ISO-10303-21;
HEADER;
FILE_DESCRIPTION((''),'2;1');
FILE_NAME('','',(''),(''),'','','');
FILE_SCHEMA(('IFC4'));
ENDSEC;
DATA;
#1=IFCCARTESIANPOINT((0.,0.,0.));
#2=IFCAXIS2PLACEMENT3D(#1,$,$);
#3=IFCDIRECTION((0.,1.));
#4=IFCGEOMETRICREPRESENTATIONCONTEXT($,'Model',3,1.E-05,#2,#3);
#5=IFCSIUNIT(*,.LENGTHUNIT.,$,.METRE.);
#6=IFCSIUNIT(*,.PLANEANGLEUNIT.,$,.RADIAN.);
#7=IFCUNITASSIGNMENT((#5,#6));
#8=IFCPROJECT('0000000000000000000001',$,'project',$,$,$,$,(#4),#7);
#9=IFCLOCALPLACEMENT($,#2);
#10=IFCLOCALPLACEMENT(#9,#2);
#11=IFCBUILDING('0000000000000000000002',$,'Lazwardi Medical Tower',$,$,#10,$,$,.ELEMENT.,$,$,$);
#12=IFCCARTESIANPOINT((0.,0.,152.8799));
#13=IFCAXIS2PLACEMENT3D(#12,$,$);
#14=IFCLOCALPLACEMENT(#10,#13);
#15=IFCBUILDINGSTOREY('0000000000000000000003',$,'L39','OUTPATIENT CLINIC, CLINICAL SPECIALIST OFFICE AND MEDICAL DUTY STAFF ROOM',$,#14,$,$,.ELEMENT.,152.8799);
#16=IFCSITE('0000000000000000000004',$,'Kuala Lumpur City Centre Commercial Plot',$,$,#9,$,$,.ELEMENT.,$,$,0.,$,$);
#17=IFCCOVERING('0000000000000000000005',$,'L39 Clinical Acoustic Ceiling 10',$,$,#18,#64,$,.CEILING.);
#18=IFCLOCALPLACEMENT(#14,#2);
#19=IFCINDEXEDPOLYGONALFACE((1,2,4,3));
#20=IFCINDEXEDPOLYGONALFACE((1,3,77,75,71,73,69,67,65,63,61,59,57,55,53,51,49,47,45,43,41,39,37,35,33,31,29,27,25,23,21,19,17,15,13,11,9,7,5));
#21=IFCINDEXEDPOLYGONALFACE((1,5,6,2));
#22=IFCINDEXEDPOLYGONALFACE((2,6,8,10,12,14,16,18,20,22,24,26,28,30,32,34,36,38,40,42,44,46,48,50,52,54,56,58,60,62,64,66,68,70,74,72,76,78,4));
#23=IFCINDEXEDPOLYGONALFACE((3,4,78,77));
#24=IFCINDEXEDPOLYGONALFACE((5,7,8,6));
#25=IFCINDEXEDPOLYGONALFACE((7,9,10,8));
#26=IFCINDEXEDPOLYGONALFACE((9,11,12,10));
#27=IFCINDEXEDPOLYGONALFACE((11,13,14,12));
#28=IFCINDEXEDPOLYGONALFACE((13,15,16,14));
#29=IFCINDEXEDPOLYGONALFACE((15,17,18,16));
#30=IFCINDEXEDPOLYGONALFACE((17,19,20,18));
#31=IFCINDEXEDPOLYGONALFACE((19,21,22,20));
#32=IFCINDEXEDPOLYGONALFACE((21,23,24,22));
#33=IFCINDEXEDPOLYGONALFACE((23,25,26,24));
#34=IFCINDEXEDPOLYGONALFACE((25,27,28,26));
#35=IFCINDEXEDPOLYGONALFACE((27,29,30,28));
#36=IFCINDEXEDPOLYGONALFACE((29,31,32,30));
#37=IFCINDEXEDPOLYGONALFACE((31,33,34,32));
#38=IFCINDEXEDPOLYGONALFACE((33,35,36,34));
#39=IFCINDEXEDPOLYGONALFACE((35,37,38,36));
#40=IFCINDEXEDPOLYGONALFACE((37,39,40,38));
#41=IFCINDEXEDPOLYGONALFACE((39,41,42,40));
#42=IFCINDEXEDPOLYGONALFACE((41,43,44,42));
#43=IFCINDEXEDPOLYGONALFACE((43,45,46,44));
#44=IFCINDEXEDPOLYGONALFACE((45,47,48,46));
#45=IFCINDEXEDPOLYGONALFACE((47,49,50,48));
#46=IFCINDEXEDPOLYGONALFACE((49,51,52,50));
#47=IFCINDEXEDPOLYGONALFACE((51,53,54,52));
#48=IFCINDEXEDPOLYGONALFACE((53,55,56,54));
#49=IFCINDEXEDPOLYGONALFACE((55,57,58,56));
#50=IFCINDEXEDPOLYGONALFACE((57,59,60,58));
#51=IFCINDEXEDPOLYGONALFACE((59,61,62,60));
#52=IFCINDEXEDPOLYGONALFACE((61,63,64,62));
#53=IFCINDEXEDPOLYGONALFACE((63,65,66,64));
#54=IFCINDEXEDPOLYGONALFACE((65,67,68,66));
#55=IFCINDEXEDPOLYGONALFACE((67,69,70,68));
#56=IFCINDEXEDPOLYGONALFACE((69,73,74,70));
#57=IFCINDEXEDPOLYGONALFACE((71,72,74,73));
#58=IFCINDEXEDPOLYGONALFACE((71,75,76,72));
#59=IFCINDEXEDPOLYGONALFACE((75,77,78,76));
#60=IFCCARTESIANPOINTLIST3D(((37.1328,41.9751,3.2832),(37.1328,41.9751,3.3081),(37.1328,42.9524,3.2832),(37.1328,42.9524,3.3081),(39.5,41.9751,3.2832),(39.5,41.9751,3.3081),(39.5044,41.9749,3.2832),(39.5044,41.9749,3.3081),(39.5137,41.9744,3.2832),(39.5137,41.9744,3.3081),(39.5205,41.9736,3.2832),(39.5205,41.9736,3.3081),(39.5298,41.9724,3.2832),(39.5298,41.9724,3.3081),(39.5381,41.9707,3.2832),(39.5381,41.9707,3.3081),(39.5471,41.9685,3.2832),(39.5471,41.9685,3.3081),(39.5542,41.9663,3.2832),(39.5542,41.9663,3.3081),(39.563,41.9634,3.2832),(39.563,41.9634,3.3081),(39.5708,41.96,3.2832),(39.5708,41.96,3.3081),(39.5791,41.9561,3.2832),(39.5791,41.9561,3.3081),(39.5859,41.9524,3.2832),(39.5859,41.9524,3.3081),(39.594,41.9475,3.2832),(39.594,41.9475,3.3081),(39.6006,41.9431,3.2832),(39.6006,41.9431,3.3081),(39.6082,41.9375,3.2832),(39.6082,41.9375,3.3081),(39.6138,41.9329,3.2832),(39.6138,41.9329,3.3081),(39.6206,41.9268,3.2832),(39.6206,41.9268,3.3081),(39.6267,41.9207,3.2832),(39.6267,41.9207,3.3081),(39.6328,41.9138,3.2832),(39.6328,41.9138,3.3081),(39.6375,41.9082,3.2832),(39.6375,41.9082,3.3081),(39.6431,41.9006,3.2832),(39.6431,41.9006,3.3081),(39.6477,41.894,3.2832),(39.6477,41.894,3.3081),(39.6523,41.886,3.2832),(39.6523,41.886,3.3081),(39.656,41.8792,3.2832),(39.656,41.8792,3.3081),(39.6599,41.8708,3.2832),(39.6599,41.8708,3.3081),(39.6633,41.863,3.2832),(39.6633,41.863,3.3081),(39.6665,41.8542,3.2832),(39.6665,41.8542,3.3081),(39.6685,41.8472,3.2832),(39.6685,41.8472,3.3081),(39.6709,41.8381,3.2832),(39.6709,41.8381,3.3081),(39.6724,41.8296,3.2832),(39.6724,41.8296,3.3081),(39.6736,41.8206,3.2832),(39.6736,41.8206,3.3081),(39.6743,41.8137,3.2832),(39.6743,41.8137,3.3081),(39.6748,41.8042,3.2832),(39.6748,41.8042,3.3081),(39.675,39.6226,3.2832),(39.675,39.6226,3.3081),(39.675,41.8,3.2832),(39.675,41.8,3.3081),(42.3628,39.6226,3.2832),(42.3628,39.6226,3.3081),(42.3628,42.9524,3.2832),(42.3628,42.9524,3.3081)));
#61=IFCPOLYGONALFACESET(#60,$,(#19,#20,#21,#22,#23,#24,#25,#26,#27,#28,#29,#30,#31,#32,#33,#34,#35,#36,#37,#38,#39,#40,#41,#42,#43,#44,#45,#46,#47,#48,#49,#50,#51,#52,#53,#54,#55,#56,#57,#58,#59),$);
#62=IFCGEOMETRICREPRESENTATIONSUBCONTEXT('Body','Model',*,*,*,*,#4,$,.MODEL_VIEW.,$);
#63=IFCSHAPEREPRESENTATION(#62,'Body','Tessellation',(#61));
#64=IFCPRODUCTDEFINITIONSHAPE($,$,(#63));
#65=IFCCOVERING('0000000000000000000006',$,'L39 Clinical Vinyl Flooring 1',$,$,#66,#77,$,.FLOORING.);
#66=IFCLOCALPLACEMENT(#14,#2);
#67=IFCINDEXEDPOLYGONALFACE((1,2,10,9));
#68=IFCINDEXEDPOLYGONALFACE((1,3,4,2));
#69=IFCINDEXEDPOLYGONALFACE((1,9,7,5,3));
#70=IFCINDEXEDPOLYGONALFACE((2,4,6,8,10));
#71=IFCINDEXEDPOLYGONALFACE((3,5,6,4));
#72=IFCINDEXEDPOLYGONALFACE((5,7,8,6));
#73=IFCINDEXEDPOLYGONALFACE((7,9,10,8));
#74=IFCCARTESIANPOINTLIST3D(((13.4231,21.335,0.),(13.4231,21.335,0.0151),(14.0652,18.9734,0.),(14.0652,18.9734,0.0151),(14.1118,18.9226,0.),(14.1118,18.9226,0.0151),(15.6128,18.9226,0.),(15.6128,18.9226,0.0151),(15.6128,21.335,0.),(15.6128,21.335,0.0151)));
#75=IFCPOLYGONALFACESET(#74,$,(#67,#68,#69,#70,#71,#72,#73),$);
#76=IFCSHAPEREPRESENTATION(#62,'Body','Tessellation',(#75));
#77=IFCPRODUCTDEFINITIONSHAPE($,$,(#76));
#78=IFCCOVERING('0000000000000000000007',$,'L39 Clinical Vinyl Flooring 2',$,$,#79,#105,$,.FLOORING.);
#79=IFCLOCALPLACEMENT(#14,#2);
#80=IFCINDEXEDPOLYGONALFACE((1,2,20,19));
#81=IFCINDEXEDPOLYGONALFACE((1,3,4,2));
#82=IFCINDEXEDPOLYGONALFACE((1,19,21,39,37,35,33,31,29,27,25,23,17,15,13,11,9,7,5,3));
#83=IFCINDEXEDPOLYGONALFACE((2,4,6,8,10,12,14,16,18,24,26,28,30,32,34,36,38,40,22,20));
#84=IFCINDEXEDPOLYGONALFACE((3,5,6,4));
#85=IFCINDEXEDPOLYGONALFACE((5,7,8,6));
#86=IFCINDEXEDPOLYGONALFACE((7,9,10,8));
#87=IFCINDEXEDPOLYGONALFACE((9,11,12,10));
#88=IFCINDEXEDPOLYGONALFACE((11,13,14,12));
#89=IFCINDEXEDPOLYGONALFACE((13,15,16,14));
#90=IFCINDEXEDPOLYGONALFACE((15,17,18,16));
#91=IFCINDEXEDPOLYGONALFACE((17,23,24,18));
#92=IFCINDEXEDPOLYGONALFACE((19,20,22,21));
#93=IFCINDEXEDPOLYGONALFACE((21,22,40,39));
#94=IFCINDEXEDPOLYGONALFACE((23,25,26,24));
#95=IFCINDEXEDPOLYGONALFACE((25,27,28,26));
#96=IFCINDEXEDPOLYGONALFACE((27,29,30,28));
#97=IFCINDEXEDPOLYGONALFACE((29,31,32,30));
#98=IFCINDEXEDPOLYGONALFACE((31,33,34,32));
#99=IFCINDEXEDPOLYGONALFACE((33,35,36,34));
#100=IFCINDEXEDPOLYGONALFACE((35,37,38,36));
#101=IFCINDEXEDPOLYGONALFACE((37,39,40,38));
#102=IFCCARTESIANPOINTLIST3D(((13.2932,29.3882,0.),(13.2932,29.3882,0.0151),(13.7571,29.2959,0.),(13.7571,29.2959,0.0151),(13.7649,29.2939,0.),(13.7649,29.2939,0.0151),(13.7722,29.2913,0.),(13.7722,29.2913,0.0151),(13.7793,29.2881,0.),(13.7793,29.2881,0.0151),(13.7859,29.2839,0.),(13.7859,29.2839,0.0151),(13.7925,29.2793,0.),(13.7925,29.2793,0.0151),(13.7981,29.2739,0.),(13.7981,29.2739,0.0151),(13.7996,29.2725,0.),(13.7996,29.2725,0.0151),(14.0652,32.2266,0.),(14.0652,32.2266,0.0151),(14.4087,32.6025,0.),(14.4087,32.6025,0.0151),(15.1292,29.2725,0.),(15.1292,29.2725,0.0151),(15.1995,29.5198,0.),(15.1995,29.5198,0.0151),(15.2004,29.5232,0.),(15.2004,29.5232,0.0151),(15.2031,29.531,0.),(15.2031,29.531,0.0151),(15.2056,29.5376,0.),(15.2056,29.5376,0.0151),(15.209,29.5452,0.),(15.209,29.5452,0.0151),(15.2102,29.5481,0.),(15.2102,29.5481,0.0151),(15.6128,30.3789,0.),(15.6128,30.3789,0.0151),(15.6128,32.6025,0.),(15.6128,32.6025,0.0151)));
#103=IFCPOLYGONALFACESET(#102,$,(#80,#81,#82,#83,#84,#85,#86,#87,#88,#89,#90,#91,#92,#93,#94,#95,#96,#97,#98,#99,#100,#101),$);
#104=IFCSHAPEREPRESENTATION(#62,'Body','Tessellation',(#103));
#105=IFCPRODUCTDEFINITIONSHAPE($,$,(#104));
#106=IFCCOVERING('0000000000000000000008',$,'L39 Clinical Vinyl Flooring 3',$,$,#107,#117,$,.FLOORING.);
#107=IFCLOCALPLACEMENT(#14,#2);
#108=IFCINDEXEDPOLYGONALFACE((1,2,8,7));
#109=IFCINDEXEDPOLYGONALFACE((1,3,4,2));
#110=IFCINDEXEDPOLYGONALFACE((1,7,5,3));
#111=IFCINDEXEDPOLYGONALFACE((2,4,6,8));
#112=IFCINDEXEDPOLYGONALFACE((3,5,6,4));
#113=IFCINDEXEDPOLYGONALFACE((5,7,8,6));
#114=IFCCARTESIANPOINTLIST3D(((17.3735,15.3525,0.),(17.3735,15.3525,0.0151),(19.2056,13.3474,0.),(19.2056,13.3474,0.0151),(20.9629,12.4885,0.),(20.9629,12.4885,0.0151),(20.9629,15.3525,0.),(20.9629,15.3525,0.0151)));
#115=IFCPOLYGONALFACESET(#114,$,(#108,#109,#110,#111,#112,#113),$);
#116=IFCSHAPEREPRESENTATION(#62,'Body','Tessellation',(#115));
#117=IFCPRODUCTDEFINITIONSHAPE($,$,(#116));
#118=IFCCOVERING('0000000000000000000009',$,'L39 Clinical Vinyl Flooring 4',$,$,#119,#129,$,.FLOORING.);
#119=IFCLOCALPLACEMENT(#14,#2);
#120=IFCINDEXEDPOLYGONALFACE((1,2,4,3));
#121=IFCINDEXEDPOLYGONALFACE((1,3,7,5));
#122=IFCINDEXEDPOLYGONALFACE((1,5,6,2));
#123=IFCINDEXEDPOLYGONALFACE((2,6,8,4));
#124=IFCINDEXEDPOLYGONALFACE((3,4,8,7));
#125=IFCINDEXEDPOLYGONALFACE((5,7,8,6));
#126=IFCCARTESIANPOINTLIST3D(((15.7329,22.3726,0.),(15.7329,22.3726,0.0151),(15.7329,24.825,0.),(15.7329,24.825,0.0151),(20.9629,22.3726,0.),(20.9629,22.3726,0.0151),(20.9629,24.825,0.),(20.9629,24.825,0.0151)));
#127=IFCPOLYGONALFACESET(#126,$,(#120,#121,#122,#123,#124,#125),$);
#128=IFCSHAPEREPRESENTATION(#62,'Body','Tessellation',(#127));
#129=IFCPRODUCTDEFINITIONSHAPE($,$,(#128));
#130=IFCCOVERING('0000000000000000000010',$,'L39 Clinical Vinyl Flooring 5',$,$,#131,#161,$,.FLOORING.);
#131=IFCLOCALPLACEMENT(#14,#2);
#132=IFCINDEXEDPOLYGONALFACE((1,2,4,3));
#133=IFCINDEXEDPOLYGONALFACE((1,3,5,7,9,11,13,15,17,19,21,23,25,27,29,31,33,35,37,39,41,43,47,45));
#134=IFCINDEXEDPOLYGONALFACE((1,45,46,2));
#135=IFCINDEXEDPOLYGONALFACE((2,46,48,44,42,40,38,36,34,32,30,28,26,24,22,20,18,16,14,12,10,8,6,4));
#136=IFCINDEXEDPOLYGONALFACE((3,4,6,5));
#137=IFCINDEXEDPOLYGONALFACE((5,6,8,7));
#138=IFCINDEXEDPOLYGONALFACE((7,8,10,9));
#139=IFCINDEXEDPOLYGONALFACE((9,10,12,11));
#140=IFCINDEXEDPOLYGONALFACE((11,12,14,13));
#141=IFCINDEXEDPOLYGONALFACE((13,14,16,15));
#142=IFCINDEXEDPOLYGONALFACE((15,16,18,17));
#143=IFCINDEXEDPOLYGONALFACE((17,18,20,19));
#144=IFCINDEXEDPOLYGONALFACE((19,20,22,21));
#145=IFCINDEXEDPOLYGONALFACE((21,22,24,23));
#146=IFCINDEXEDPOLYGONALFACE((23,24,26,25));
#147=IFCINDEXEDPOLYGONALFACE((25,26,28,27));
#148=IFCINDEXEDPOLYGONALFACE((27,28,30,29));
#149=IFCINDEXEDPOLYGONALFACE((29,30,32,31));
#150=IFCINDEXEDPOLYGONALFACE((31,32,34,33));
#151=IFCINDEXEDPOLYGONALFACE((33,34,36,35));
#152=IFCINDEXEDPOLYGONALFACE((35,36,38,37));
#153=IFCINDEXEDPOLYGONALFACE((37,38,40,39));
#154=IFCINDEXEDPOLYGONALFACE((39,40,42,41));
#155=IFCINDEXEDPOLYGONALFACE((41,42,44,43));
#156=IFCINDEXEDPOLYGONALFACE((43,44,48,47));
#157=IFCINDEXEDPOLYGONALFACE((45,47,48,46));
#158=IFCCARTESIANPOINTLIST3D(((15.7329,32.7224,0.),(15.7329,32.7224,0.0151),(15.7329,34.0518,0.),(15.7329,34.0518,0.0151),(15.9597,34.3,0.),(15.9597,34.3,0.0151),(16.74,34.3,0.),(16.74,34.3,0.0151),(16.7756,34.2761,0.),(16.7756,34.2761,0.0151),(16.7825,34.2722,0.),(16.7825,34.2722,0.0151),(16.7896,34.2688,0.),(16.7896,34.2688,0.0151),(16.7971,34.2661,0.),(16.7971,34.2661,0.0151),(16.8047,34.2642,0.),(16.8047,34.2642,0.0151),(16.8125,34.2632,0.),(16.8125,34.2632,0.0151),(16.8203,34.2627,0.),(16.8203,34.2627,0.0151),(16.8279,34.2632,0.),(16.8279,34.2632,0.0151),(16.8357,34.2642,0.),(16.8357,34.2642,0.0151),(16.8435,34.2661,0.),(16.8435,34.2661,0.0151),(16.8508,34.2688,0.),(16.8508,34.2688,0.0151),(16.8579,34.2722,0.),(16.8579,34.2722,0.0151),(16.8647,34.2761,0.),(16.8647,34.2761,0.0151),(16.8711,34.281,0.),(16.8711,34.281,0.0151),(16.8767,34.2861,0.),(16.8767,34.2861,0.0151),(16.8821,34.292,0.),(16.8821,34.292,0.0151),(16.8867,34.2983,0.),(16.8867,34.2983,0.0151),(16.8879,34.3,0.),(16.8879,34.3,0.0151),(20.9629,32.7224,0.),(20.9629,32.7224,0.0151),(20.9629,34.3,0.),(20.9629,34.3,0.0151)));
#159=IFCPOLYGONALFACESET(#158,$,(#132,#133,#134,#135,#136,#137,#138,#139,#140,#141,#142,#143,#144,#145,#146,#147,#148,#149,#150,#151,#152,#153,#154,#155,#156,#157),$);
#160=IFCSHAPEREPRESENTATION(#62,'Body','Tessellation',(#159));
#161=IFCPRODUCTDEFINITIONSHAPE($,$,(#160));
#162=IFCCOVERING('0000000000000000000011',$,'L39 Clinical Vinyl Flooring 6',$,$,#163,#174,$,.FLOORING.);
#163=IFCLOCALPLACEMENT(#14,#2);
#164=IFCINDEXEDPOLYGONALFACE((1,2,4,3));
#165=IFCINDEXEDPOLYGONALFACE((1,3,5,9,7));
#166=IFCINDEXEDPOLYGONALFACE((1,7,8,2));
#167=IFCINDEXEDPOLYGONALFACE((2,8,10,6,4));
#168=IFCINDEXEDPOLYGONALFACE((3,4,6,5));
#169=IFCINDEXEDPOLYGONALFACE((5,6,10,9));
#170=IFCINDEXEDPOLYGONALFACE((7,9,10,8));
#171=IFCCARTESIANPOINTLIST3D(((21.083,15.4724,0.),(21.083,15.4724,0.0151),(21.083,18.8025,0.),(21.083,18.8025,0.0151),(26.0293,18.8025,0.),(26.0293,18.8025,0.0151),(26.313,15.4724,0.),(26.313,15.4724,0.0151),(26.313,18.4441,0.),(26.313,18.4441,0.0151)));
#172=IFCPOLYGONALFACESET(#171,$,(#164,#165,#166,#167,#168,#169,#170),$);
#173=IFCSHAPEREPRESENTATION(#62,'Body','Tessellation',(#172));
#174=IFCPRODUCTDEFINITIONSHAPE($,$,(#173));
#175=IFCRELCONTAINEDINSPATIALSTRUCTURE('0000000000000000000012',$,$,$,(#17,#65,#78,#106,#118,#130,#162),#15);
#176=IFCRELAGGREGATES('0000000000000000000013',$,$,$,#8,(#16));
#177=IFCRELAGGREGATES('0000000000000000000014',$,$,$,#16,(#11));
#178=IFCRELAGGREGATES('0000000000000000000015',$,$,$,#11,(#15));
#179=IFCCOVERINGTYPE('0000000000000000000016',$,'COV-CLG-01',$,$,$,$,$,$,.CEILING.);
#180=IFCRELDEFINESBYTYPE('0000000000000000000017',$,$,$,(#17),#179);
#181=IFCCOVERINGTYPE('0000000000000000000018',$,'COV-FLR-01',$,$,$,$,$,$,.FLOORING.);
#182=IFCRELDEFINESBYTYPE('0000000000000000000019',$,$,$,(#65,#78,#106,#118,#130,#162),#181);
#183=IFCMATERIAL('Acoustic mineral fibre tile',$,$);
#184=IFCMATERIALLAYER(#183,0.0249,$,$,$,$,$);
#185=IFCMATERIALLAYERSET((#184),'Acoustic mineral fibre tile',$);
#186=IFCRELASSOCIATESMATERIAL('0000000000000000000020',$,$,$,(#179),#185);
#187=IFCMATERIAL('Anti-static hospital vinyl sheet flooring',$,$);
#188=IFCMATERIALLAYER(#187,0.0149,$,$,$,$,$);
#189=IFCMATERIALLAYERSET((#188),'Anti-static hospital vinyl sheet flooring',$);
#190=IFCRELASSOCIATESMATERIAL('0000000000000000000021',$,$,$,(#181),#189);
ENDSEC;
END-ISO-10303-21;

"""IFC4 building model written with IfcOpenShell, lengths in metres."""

from ifc_helpers import new_model, si_unit, direction, frame, origin, place, context, subcontext, project, spatial, polyline, outline, extrude, material, layer, layer_set, type_object, element, save


model = new_model("IFC4")

# Units and contexts
model_context = context("Model", 3, precision=1e-05, world=origin(), true_north=direction((0.0, 1.0)))
body_context = subcontext(model_context, "Body", "Model", "MODEL_VIEW")
ifc_project = project(units=[si_unit("LENGTHUNIT", "METRE"), si_unit("PLANEANGLEUNIT", "RADIAN")], contexts=[model_context])

# Site, building, storey
site_placement = place(None, origin())
site = spatial("IfcSite", under=ifc_project, at=site_placement, Name="Kuala Lumpur City Centre Commercial Plot", CompositionType="ELEMENT", RefElevation=0.0)
building_placement = place(site_placement, origin())
building = spatial("IfcBuilding", under=site, at=building_placement, Name="Lazwardi Medical Tower", CompositionType="ELEMENT")
storey_placement = place(building_placement, frame((0.0, 0.0, 152.8799)))
storey = spatial("IfcBuildingStorey", under=building, at=storey_placement, Name="L39", Description="OUTPATIENT CLINIC, CLINICAL SPECIALIST OFFICE AND MEDICAL DUTY STAFF ROOM", CompositionType="ELEMENT", Elevation=152.8799)

# Coverings
ifc_material_1 = material(Name="Acoustic mineral fibre tile")
ifc_layer_1 = layer(ifc_material_1, 0.0249)
ifc_layer_set_1 = layer_set([ifc_layer_1], Name="Acoustic mineral fibre tile")
covering_type_1 = type_object("IfcCoveringType", Name="COV-CLG-01", PredefinedType="CEILING", material=ifc_layer_set_1)
covering_1_placement = place(storey_placement, frame((0.0, 0.0, 3.2832)))
element("IfcCovering", 1, at=covering_1_placement, inside=storey, type_object=covering_type_1, Name="L39 Clinical Acoustic Ceiling 10", PredefinedType="CEILING", context=body_context, shape_type="SweptSolid", body=[
    extrude(outline(polyline([(37.1328, 41.9751), (39.5, 41.9751), (39.5044, 41.9749), (39.5137, 41.9744), (39.5205, 41.9736), (39.5298, 41.9724), (39.5381, 41.9707), (39.5471, 41.9685), (39.5542, 41.9663), (39.563, 41.9634), (39.5708, 41.96), (39.5791, 41.9561), (39.5859, 41.9524), (39.594, 41.9475), (39.6006, 41.9431), (39.6082, 41.9375), (39.6138, 41.9329), (39.6206, 41.9268), (39.6267, 41.9207), (39.6328, 41.9138), (39.6375, 41.9082), (39.6431, 41.9006), (39.6477, 41.894), (39.6523, 41.886), (39.656, 41.8792), (39.6599, 41.8708), (39.6633, 41.863), (39.6665, 41.8542), (39.6685, 41.8472), (39.6709, 41.8381), (39.6724, 41.8296), (39.6736, 41.8206), (39.6743, 41.8137), (39.6748, 41.8042), (39.675, 41.8), (39.675, 39.6226), (42.3628, 39.6226), (42.3628, 42.9524), (37.1328, 42.9524), (37.1328, 41.9751)])), origin(), (0.0, 0.0, 1.0), 0.0249),
])
ifc_material_2 = material(Name="Anti-static hospital vinyl sheet flooring")
ifc_layer_2 = layer(ifc_material_2, 0.0149)
ifc_layer_set_2 = layer_set([ifc_layer_2], Name="Anti-static hospital vinyl sheet flooring")
covering_type_2 = type_object("IfcCoveringType", Name="COV-FLR-01", PredefinedType="FLOORING", material=ifc_layer_set_2)
covering_2_placement = place(storey_placement, origin())
element("IfcCovering", 2, at=covering_2_placement, inside=storey, type_object=covering_type_2, Name="L39 Clinical Vinyl Flooring 1", PredefinedType="FLOORING", context=body_context, shape_type="SweptSolid", body=[
    extrude(outline(polyline([(15.6128, 21.335), (13.4231, 21.335), (14.0652, 18.9734), (14.1118, 18.9226), (15.6128, 18.9226), (15.6128, 21.335)])), origin(), (0.0, 0.0, 1.0), 0.0151),
])
covering_3_placement = place(storey_placement, origin())
element("IfcCovering", 3, at=covering_3_placement, inside=storey, type_object=covering_type_2, Name="L39 Clinical Vinyl Flooring 2", PredefinedType="FLOORING", context=body_context, shape_type="SweptSolid", body=[
    extrude(outline(polyline([(14.4087, 32.6025), (14.0652, 32.2266), (13.2932, 29.3882), (13.7571, 29.2959), (13.7649, 29.2939), (13.7722, 29.2913), (13.7793, 29.2881), (13.7859, 29.2839), (13.7925, 29.2793), (13.7981, 29.2739), (13.7996, 29.2725), (15.1292, 29.2725), (15.1995, 29.5198), (15.2004, 29.5232), (15.2031, 29.531), (15.2056, 29.5376), (15.209, 29.5452), (15.2102, 29.5481), (15.6128, 30.3789), (15.6128, 32.6025), (14.4087, 32.6025)])), origin(), (0.0, 0.0, 1.0), 0.0151),
])
covering_4_placement = place(storey_placement, origin())
element("IfcCovering", 4, at=covering_4_placement, inside=storey, type_object=covering_type_2, Name="L39 Clinical Vinyl Flooring 3", PredefinedType="FLOORING", context=body_context, shape_type="SweptSolid", body=[
    extrude(outline(polyline([(17.3735, 15.3525), (19.2056, 13.3474), (20.9629, 12.4885), (20.9629, 15.3525), (17.3735, 15.3525)])), origin(), (0.0, 0.0, 1.0), 0.0151),
])
covering_5_placement = place(storey_placement, origin())
element("IfcCovering", 5, at=covering_5_placement, inside=storey, type_object=covering_type_2, Name="L39 Clinical Vinyl Flooring 4", PredefinedType="FLOORING", context=body_context, shape_type="SweptSolid", body=[
    extrude(outline(polyline([(20.9629, 24.825), (15.7329, 24.825), (15.7329, 22.3726), (20.9629, 22.3726), (20.9629, 24.825)])), origin(), (0.0, 0.0, 1.0), 0.0151),
])
covering_6_placement = place(storey_placement, origin())
element("IfcCovering", 6, at=covering_6_placement, inside=storey, type_object=covering_type_2, Name="L39 Clinical Vinyl Flooring 5", PredefinedType="FLOORING", context=body_context, shape_type="SweptSolid", body=[
    extrude(outline(polyline([(20.9629, 34.3), (16.8879, 34.3), (16.8867, 34.2983), (16.8821, 34.292), (16.8767, 34.2861), (16.8711, 34.281), (16.8647, 34.2761), (16.8579, 34.2722), (16.8508, 34.2688), (16.8435, 34.2661), (16.8357, 34.2642), (16.8279, 34.2632), (16.8203, 34.2627), (16.8125, 34.2632), (16.8047, 34.2642), (16.7971, 34.2661), (16.7896, 34.2688), (16.7825, 34.2722), (16.7756, 34.2761), (16.74, 34.3), (15.9597, 34.3), (15.7329, 34.0518), (15.7329, 32.7224), (20.9629, 32.7224), (20.9629, 34.3)])), origin(), (0.0, 0.0, 1.0), 0.0151),
])
covering_7_placement = place(storey_placement, origin())
element("IfcCovering", 7, at=covering_7_placement, inside=storey, type_object=covering_type_2, Name="L39 Clinical Vinyl Flooring 6", PredefinedType="FLOORING", context=body_context, shape_type="SweptSolid", body=[
    extrude(outline(polyline([(26.313, 18.4441), (26.0293, 18.8025), (21.083, 18.8025), (21.083, 15.4724), (26.313, 15.4724), (26.313, 18.4441)])), origin(), (0.0, 0.0, 1.0), 0.0151),
])

save(model, "model.ifc")
